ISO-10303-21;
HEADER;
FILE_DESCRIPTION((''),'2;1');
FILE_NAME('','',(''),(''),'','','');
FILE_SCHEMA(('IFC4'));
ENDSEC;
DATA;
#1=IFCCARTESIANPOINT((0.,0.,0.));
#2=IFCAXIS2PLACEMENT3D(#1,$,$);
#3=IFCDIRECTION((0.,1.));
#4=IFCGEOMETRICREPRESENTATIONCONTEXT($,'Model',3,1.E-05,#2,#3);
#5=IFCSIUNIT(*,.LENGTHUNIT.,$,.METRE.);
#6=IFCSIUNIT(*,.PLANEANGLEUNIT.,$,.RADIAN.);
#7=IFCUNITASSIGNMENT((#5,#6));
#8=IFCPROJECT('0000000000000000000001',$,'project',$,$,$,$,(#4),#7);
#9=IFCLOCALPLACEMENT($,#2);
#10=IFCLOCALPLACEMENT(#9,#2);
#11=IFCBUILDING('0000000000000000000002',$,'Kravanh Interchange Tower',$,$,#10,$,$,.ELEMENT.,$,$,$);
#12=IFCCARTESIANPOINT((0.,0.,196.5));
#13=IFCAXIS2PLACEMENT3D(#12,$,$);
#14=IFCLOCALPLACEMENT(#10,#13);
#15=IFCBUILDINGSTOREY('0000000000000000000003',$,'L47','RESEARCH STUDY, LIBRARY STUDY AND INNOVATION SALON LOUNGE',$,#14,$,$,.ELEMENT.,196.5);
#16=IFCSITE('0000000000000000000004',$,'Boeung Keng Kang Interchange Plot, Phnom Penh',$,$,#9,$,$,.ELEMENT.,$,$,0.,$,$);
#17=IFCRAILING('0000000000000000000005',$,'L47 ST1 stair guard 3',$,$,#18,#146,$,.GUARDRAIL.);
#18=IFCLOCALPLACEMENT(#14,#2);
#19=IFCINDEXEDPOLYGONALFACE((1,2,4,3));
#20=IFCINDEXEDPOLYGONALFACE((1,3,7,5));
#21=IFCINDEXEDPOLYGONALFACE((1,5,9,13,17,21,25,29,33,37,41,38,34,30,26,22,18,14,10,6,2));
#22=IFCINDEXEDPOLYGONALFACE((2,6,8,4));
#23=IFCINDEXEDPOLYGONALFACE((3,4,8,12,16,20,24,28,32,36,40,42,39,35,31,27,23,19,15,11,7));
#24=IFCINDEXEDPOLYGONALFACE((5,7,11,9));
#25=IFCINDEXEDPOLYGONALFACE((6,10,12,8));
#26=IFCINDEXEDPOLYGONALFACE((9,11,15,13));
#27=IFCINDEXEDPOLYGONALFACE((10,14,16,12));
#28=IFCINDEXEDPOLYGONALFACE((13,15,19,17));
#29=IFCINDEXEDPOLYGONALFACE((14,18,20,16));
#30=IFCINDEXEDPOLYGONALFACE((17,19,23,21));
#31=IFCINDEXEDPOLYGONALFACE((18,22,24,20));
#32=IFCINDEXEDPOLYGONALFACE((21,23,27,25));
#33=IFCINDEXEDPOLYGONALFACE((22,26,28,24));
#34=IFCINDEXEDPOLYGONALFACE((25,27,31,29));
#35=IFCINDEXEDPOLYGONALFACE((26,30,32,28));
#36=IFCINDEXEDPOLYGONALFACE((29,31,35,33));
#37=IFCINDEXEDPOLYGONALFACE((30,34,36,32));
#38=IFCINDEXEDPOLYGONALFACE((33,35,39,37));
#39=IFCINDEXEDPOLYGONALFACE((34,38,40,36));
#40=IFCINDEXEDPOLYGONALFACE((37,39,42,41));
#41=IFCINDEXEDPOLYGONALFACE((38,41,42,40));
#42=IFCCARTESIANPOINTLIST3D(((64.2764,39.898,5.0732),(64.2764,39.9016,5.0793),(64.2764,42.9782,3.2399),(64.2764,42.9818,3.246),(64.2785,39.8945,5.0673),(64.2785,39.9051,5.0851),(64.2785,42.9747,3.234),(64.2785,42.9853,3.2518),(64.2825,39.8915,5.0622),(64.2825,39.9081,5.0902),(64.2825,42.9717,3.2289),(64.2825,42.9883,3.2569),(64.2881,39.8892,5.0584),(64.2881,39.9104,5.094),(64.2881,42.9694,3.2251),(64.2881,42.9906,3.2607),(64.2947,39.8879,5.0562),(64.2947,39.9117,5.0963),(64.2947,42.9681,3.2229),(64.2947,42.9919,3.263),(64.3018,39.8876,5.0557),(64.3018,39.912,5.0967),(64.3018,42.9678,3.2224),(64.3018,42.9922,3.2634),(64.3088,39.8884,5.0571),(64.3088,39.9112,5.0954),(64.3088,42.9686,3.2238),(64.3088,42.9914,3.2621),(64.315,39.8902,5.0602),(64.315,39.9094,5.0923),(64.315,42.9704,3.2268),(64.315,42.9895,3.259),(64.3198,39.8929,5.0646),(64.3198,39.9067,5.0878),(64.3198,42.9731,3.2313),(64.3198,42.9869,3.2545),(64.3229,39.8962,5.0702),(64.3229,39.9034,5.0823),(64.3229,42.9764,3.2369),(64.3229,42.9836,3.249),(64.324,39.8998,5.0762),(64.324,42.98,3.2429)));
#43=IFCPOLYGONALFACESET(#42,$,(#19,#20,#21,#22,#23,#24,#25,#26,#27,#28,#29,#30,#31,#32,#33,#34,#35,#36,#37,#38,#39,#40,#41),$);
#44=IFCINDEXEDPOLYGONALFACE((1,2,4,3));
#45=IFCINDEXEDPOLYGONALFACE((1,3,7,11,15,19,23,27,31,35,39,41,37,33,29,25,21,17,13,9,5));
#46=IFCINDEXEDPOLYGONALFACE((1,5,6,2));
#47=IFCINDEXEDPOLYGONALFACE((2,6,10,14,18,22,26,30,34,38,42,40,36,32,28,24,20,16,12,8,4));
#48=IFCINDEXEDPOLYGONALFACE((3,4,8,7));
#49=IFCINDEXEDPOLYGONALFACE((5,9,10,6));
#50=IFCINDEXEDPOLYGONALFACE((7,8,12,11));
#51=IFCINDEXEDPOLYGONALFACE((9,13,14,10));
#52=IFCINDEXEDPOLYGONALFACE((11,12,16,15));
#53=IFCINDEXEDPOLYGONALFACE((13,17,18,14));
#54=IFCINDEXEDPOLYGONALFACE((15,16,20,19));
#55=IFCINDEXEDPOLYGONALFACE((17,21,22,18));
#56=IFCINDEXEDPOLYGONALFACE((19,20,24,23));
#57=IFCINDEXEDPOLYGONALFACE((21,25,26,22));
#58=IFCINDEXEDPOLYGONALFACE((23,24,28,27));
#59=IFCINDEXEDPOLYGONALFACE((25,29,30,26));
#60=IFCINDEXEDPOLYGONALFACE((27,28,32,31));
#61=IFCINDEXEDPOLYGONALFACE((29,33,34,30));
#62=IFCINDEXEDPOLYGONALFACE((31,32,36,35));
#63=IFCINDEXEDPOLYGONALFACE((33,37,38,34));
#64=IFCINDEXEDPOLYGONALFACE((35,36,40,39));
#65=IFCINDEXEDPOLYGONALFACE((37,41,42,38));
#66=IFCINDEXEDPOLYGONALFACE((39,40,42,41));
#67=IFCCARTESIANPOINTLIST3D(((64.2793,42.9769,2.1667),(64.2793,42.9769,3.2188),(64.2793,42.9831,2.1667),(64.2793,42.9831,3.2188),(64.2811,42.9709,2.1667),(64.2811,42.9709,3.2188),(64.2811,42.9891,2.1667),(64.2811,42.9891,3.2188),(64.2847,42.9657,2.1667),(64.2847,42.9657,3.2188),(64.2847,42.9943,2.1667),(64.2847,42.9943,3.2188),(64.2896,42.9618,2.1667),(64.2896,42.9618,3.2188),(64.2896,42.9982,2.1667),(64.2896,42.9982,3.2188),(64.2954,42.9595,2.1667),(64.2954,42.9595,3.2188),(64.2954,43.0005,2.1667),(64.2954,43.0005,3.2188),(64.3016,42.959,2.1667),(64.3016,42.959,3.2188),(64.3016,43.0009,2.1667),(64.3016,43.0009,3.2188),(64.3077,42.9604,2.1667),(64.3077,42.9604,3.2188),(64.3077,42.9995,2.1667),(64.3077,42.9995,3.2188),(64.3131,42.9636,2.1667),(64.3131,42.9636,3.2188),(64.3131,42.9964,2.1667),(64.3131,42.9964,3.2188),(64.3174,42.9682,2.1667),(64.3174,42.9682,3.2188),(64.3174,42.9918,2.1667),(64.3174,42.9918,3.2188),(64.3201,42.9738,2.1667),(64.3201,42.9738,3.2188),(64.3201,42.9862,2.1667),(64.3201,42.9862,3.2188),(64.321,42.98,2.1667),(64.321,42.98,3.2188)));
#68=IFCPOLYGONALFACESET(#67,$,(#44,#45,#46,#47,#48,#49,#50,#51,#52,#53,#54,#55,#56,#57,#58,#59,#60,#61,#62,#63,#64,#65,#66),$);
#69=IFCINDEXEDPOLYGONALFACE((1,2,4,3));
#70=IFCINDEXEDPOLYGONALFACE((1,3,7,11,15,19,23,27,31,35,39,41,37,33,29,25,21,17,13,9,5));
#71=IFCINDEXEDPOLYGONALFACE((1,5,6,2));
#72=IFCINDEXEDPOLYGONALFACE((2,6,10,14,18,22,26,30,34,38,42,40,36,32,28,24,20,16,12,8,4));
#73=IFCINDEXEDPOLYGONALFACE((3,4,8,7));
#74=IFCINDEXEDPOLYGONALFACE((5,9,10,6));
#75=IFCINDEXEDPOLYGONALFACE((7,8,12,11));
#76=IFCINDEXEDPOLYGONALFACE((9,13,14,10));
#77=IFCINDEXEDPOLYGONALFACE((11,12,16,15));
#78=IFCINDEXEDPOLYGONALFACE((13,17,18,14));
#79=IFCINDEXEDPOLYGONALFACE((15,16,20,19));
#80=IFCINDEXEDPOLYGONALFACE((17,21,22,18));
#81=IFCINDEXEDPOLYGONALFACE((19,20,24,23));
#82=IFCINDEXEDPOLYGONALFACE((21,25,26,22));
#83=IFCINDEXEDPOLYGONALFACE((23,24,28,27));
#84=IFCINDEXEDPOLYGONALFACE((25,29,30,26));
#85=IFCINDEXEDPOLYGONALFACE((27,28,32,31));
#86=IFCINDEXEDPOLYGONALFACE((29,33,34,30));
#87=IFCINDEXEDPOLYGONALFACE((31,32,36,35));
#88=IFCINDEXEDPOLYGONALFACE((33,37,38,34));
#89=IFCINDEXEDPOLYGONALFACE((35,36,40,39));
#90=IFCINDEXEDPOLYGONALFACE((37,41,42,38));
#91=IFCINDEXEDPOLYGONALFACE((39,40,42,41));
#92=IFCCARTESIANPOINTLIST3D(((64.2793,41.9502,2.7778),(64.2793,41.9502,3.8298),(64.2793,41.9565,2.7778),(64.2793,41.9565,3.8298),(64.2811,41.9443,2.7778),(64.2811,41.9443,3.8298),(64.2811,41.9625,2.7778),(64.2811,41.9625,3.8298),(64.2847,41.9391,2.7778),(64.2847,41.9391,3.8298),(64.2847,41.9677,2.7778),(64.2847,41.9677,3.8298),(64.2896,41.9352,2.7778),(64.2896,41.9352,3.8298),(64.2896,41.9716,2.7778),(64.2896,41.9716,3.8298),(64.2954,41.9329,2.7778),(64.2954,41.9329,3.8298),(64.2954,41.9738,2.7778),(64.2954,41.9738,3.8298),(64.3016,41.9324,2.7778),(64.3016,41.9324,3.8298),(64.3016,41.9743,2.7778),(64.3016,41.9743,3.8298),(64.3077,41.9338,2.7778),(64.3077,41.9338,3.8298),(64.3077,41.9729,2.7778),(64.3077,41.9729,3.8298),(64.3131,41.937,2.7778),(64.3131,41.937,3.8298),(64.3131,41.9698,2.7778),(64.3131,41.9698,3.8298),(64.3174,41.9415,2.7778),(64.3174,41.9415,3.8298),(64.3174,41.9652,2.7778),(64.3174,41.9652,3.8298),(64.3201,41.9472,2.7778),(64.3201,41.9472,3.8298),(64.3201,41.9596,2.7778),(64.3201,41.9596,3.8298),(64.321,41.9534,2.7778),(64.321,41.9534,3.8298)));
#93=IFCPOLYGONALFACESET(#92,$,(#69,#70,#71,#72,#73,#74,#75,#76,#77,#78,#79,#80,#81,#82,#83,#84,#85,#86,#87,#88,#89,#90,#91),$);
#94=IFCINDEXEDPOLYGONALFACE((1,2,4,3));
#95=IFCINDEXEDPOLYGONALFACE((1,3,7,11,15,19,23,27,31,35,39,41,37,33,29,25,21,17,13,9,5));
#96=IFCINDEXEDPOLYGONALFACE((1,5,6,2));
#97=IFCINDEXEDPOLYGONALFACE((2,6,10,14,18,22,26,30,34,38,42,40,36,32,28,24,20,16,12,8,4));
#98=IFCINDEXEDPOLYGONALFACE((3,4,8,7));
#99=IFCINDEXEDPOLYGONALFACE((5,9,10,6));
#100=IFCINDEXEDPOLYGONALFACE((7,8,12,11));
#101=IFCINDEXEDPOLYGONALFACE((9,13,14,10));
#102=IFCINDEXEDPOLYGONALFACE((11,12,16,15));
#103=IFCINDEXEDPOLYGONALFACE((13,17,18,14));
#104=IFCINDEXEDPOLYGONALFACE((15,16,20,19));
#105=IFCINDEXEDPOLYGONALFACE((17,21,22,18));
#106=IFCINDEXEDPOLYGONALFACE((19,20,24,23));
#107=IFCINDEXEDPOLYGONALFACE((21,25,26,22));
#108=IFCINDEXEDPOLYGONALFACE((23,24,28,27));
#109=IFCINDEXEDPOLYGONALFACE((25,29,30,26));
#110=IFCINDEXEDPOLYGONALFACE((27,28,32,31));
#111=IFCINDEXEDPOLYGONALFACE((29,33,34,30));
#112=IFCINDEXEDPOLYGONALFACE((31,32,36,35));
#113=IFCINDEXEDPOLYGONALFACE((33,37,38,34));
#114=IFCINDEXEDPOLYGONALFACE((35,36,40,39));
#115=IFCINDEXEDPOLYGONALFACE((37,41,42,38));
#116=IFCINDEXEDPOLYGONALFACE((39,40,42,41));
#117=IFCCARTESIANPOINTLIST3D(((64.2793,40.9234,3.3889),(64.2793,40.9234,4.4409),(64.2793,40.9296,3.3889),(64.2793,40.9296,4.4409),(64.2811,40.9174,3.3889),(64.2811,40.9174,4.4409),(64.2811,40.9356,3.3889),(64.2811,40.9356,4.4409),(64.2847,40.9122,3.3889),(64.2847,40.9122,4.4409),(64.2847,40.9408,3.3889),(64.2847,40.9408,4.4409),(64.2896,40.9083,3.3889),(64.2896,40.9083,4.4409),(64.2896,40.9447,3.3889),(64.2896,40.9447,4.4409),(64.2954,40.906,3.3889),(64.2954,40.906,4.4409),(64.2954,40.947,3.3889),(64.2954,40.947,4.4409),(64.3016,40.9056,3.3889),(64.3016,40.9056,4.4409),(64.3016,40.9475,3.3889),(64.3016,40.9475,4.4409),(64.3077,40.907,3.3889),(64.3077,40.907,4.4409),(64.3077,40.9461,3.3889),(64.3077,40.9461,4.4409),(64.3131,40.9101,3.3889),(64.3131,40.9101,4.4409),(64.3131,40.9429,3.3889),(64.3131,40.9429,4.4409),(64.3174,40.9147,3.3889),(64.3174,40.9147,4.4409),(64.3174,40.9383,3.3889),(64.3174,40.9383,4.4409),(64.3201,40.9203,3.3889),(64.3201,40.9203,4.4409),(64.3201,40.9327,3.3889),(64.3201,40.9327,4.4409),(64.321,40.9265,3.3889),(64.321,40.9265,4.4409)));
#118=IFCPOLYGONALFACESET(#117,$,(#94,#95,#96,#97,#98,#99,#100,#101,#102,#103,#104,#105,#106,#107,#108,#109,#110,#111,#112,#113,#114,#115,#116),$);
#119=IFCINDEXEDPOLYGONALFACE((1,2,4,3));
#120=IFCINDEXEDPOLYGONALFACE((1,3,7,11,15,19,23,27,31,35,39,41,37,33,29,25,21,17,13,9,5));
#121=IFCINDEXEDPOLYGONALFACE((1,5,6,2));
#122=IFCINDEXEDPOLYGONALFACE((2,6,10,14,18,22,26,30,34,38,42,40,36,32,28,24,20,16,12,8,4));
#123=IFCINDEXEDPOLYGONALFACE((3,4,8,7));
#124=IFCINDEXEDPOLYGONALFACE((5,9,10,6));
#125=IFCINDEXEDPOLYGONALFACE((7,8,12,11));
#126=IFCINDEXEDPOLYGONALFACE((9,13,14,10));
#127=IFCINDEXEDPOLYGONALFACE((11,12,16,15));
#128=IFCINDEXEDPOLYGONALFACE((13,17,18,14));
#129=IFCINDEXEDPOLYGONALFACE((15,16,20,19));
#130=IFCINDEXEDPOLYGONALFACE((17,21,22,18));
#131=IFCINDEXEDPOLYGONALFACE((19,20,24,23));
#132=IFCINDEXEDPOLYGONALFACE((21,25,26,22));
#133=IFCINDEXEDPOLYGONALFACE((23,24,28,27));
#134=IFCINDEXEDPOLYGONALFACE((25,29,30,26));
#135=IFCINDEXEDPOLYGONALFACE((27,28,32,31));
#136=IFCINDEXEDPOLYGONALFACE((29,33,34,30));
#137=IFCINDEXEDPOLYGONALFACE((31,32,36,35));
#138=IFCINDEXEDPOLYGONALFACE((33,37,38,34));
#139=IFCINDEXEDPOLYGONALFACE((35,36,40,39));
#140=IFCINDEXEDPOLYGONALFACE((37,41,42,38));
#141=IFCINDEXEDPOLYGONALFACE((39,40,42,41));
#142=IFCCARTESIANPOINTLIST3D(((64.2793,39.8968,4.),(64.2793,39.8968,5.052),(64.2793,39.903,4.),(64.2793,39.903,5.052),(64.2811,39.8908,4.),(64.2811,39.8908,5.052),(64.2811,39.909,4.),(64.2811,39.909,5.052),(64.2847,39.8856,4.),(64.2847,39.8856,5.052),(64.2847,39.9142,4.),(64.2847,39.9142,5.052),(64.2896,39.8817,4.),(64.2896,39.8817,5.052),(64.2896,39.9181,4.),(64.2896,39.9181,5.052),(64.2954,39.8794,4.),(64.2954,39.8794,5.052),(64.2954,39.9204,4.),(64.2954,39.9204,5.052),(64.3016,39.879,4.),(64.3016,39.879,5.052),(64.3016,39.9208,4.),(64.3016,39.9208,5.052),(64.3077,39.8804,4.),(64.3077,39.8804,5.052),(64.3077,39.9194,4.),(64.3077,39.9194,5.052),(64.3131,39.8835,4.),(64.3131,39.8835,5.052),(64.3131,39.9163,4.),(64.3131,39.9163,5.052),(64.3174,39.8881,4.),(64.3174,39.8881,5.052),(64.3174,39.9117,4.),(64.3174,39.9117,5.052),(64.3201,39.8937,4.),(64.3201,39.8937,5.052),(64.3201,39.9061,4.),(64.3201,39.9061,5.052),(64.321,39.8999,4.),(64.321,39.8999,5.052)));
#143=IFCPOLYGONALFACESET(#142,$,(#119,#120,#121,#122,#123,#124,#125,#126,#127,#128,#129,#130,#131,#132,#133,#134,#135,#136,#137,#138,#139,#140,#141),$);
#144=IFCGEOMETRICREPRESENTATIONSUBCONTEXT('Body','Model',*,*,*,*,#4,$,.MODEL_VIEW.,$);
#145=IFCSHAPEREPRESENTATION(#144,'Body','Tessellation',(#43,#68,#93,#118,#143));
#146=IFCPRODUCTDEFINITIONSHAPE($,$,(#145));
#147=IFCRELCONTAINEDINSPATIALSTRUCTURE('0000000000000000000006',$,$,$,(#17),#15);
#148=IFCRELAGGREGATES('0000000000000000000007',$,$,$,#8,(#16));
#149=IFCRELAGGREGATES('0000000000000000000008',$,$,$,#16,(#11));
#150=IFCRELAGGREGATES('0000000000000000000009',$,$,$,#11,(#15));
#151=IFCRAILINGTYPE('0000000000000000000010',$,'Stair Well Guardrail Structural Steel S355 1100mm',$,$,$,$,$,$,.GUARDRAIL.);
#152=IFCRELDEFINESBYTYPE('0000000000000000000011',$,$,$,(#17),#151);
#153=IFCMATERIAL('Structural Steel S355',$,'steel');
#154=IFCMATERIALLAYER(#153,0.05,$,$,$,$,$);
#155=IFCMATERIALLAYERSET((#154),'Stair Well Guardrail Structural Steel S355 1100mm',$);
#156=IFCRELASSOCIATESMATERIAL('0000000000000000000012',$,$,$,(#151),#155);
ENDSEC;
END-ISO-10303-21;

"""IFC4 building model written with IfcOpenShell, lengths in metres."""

from ifc_helpers import new_model, si_unit, direction, frame, origin, origin_2d, place, context, subcontext, project, spatial, circle, extrude, material, layer, layer_set, type_object, element, save


model = new_model("IFC4")

# Units and contexts
model_context = context("Model", 3, precision=1e-05, world=origin(), true_north=direction((0.0, 1.0)))
body_context = subcontext(model_context, "Body", "Model", "MODEL_VIEW")
ifc_project = project(units=[si_unit("LENGTHUNIT", "METRE"), si_unit("PLANEANGLEUNIT", "RADIAN")], contexts=[model_context])

# Site, building, storey
site_placement = place(None, origin())
site = spatial("IfcSite", under=ifc_project, at=site_placement, Name="Boeung Keng Kang Interchange Plot, Phnom Penh", CompositionType="ELEMENT", RefElevation=0.0)
building_placement = place(site_placement, origin())
building = spatial("IfcBuilding", under=site, at=building_placement, Name="Kravanh Interchange Tower", CompositionType="ELEMENT")
storey_placement = place(building_placement, frame((0.0, 0.0, 196.5)))
storey = spatial("IfcBuildingStorey", under=building, at=storey_placement, Name="L47", Description="RESEARCH STUDY, LIBRARY STUDY AND INNOVATION SALON LOUNGE", CompositionType="ELEMENT", Elevation=196.5)

# Railing
ifc_material_1 = material(Name="Structural Steel S355", Category="steel")
ifc_layer_1 = layer(ifc_material_1, 0.05)
ifc_layer_set_1 = layer_set([ifc_layer_1], Name="Stair Well Guardrail Structural Steel S355 1100mm")
railing_type_1 = type_object("IfcRailingType", Name="Stair Well Guardrail Structural Steel S355 1100mm", PredefinedType="GUARDRAIL", material=ifc_layer_set_1)
railing_1_placement = place(storey_placement, frame((64.3, 42.98, 2.1667)))
element("IfcRailing", 1, at=railing_1_placement, inside=storey, type_object=railing_type_1, Name="L47 ST1 stair guard 3", PredefinedType="GUARDRAIL", context=body_context, shape_type="SweptSolid", body=[
    extrude(circle(Radius=0.0239, at=origin_2d()), frame((0.0, 0.0, 1.0762), z_axis=(0.0, -0.859309, 0.511458), x_axis=(1.0, 0.0, 0.0)), (0.0, 0.0, 1.0), 3.5845),
    extrude(circle(Radius=0.021, at=origin_2d()), origin(), (0.0, 0.0, 1.0), 1.052),
    extrude(circle(Radius=0.021, at=origin_2d()), frame((0.0, -1.0266, 0.6111)), (0.0, 0.0, 1.0), 1.052),
    extrude(circle(Radius=0.021, at=origin_2d()), frame((0.0, -2.0535, 1.2222)), (0.0, 0.0, 1.0), 1.052),
    extrude(circle(Radius=0.021, at=origin_2d()), frame((0.0, -3.0801, 1.8333)), (0.0, 0.0, 1.0), 1.052),
])

save(model, "model.ifc")
